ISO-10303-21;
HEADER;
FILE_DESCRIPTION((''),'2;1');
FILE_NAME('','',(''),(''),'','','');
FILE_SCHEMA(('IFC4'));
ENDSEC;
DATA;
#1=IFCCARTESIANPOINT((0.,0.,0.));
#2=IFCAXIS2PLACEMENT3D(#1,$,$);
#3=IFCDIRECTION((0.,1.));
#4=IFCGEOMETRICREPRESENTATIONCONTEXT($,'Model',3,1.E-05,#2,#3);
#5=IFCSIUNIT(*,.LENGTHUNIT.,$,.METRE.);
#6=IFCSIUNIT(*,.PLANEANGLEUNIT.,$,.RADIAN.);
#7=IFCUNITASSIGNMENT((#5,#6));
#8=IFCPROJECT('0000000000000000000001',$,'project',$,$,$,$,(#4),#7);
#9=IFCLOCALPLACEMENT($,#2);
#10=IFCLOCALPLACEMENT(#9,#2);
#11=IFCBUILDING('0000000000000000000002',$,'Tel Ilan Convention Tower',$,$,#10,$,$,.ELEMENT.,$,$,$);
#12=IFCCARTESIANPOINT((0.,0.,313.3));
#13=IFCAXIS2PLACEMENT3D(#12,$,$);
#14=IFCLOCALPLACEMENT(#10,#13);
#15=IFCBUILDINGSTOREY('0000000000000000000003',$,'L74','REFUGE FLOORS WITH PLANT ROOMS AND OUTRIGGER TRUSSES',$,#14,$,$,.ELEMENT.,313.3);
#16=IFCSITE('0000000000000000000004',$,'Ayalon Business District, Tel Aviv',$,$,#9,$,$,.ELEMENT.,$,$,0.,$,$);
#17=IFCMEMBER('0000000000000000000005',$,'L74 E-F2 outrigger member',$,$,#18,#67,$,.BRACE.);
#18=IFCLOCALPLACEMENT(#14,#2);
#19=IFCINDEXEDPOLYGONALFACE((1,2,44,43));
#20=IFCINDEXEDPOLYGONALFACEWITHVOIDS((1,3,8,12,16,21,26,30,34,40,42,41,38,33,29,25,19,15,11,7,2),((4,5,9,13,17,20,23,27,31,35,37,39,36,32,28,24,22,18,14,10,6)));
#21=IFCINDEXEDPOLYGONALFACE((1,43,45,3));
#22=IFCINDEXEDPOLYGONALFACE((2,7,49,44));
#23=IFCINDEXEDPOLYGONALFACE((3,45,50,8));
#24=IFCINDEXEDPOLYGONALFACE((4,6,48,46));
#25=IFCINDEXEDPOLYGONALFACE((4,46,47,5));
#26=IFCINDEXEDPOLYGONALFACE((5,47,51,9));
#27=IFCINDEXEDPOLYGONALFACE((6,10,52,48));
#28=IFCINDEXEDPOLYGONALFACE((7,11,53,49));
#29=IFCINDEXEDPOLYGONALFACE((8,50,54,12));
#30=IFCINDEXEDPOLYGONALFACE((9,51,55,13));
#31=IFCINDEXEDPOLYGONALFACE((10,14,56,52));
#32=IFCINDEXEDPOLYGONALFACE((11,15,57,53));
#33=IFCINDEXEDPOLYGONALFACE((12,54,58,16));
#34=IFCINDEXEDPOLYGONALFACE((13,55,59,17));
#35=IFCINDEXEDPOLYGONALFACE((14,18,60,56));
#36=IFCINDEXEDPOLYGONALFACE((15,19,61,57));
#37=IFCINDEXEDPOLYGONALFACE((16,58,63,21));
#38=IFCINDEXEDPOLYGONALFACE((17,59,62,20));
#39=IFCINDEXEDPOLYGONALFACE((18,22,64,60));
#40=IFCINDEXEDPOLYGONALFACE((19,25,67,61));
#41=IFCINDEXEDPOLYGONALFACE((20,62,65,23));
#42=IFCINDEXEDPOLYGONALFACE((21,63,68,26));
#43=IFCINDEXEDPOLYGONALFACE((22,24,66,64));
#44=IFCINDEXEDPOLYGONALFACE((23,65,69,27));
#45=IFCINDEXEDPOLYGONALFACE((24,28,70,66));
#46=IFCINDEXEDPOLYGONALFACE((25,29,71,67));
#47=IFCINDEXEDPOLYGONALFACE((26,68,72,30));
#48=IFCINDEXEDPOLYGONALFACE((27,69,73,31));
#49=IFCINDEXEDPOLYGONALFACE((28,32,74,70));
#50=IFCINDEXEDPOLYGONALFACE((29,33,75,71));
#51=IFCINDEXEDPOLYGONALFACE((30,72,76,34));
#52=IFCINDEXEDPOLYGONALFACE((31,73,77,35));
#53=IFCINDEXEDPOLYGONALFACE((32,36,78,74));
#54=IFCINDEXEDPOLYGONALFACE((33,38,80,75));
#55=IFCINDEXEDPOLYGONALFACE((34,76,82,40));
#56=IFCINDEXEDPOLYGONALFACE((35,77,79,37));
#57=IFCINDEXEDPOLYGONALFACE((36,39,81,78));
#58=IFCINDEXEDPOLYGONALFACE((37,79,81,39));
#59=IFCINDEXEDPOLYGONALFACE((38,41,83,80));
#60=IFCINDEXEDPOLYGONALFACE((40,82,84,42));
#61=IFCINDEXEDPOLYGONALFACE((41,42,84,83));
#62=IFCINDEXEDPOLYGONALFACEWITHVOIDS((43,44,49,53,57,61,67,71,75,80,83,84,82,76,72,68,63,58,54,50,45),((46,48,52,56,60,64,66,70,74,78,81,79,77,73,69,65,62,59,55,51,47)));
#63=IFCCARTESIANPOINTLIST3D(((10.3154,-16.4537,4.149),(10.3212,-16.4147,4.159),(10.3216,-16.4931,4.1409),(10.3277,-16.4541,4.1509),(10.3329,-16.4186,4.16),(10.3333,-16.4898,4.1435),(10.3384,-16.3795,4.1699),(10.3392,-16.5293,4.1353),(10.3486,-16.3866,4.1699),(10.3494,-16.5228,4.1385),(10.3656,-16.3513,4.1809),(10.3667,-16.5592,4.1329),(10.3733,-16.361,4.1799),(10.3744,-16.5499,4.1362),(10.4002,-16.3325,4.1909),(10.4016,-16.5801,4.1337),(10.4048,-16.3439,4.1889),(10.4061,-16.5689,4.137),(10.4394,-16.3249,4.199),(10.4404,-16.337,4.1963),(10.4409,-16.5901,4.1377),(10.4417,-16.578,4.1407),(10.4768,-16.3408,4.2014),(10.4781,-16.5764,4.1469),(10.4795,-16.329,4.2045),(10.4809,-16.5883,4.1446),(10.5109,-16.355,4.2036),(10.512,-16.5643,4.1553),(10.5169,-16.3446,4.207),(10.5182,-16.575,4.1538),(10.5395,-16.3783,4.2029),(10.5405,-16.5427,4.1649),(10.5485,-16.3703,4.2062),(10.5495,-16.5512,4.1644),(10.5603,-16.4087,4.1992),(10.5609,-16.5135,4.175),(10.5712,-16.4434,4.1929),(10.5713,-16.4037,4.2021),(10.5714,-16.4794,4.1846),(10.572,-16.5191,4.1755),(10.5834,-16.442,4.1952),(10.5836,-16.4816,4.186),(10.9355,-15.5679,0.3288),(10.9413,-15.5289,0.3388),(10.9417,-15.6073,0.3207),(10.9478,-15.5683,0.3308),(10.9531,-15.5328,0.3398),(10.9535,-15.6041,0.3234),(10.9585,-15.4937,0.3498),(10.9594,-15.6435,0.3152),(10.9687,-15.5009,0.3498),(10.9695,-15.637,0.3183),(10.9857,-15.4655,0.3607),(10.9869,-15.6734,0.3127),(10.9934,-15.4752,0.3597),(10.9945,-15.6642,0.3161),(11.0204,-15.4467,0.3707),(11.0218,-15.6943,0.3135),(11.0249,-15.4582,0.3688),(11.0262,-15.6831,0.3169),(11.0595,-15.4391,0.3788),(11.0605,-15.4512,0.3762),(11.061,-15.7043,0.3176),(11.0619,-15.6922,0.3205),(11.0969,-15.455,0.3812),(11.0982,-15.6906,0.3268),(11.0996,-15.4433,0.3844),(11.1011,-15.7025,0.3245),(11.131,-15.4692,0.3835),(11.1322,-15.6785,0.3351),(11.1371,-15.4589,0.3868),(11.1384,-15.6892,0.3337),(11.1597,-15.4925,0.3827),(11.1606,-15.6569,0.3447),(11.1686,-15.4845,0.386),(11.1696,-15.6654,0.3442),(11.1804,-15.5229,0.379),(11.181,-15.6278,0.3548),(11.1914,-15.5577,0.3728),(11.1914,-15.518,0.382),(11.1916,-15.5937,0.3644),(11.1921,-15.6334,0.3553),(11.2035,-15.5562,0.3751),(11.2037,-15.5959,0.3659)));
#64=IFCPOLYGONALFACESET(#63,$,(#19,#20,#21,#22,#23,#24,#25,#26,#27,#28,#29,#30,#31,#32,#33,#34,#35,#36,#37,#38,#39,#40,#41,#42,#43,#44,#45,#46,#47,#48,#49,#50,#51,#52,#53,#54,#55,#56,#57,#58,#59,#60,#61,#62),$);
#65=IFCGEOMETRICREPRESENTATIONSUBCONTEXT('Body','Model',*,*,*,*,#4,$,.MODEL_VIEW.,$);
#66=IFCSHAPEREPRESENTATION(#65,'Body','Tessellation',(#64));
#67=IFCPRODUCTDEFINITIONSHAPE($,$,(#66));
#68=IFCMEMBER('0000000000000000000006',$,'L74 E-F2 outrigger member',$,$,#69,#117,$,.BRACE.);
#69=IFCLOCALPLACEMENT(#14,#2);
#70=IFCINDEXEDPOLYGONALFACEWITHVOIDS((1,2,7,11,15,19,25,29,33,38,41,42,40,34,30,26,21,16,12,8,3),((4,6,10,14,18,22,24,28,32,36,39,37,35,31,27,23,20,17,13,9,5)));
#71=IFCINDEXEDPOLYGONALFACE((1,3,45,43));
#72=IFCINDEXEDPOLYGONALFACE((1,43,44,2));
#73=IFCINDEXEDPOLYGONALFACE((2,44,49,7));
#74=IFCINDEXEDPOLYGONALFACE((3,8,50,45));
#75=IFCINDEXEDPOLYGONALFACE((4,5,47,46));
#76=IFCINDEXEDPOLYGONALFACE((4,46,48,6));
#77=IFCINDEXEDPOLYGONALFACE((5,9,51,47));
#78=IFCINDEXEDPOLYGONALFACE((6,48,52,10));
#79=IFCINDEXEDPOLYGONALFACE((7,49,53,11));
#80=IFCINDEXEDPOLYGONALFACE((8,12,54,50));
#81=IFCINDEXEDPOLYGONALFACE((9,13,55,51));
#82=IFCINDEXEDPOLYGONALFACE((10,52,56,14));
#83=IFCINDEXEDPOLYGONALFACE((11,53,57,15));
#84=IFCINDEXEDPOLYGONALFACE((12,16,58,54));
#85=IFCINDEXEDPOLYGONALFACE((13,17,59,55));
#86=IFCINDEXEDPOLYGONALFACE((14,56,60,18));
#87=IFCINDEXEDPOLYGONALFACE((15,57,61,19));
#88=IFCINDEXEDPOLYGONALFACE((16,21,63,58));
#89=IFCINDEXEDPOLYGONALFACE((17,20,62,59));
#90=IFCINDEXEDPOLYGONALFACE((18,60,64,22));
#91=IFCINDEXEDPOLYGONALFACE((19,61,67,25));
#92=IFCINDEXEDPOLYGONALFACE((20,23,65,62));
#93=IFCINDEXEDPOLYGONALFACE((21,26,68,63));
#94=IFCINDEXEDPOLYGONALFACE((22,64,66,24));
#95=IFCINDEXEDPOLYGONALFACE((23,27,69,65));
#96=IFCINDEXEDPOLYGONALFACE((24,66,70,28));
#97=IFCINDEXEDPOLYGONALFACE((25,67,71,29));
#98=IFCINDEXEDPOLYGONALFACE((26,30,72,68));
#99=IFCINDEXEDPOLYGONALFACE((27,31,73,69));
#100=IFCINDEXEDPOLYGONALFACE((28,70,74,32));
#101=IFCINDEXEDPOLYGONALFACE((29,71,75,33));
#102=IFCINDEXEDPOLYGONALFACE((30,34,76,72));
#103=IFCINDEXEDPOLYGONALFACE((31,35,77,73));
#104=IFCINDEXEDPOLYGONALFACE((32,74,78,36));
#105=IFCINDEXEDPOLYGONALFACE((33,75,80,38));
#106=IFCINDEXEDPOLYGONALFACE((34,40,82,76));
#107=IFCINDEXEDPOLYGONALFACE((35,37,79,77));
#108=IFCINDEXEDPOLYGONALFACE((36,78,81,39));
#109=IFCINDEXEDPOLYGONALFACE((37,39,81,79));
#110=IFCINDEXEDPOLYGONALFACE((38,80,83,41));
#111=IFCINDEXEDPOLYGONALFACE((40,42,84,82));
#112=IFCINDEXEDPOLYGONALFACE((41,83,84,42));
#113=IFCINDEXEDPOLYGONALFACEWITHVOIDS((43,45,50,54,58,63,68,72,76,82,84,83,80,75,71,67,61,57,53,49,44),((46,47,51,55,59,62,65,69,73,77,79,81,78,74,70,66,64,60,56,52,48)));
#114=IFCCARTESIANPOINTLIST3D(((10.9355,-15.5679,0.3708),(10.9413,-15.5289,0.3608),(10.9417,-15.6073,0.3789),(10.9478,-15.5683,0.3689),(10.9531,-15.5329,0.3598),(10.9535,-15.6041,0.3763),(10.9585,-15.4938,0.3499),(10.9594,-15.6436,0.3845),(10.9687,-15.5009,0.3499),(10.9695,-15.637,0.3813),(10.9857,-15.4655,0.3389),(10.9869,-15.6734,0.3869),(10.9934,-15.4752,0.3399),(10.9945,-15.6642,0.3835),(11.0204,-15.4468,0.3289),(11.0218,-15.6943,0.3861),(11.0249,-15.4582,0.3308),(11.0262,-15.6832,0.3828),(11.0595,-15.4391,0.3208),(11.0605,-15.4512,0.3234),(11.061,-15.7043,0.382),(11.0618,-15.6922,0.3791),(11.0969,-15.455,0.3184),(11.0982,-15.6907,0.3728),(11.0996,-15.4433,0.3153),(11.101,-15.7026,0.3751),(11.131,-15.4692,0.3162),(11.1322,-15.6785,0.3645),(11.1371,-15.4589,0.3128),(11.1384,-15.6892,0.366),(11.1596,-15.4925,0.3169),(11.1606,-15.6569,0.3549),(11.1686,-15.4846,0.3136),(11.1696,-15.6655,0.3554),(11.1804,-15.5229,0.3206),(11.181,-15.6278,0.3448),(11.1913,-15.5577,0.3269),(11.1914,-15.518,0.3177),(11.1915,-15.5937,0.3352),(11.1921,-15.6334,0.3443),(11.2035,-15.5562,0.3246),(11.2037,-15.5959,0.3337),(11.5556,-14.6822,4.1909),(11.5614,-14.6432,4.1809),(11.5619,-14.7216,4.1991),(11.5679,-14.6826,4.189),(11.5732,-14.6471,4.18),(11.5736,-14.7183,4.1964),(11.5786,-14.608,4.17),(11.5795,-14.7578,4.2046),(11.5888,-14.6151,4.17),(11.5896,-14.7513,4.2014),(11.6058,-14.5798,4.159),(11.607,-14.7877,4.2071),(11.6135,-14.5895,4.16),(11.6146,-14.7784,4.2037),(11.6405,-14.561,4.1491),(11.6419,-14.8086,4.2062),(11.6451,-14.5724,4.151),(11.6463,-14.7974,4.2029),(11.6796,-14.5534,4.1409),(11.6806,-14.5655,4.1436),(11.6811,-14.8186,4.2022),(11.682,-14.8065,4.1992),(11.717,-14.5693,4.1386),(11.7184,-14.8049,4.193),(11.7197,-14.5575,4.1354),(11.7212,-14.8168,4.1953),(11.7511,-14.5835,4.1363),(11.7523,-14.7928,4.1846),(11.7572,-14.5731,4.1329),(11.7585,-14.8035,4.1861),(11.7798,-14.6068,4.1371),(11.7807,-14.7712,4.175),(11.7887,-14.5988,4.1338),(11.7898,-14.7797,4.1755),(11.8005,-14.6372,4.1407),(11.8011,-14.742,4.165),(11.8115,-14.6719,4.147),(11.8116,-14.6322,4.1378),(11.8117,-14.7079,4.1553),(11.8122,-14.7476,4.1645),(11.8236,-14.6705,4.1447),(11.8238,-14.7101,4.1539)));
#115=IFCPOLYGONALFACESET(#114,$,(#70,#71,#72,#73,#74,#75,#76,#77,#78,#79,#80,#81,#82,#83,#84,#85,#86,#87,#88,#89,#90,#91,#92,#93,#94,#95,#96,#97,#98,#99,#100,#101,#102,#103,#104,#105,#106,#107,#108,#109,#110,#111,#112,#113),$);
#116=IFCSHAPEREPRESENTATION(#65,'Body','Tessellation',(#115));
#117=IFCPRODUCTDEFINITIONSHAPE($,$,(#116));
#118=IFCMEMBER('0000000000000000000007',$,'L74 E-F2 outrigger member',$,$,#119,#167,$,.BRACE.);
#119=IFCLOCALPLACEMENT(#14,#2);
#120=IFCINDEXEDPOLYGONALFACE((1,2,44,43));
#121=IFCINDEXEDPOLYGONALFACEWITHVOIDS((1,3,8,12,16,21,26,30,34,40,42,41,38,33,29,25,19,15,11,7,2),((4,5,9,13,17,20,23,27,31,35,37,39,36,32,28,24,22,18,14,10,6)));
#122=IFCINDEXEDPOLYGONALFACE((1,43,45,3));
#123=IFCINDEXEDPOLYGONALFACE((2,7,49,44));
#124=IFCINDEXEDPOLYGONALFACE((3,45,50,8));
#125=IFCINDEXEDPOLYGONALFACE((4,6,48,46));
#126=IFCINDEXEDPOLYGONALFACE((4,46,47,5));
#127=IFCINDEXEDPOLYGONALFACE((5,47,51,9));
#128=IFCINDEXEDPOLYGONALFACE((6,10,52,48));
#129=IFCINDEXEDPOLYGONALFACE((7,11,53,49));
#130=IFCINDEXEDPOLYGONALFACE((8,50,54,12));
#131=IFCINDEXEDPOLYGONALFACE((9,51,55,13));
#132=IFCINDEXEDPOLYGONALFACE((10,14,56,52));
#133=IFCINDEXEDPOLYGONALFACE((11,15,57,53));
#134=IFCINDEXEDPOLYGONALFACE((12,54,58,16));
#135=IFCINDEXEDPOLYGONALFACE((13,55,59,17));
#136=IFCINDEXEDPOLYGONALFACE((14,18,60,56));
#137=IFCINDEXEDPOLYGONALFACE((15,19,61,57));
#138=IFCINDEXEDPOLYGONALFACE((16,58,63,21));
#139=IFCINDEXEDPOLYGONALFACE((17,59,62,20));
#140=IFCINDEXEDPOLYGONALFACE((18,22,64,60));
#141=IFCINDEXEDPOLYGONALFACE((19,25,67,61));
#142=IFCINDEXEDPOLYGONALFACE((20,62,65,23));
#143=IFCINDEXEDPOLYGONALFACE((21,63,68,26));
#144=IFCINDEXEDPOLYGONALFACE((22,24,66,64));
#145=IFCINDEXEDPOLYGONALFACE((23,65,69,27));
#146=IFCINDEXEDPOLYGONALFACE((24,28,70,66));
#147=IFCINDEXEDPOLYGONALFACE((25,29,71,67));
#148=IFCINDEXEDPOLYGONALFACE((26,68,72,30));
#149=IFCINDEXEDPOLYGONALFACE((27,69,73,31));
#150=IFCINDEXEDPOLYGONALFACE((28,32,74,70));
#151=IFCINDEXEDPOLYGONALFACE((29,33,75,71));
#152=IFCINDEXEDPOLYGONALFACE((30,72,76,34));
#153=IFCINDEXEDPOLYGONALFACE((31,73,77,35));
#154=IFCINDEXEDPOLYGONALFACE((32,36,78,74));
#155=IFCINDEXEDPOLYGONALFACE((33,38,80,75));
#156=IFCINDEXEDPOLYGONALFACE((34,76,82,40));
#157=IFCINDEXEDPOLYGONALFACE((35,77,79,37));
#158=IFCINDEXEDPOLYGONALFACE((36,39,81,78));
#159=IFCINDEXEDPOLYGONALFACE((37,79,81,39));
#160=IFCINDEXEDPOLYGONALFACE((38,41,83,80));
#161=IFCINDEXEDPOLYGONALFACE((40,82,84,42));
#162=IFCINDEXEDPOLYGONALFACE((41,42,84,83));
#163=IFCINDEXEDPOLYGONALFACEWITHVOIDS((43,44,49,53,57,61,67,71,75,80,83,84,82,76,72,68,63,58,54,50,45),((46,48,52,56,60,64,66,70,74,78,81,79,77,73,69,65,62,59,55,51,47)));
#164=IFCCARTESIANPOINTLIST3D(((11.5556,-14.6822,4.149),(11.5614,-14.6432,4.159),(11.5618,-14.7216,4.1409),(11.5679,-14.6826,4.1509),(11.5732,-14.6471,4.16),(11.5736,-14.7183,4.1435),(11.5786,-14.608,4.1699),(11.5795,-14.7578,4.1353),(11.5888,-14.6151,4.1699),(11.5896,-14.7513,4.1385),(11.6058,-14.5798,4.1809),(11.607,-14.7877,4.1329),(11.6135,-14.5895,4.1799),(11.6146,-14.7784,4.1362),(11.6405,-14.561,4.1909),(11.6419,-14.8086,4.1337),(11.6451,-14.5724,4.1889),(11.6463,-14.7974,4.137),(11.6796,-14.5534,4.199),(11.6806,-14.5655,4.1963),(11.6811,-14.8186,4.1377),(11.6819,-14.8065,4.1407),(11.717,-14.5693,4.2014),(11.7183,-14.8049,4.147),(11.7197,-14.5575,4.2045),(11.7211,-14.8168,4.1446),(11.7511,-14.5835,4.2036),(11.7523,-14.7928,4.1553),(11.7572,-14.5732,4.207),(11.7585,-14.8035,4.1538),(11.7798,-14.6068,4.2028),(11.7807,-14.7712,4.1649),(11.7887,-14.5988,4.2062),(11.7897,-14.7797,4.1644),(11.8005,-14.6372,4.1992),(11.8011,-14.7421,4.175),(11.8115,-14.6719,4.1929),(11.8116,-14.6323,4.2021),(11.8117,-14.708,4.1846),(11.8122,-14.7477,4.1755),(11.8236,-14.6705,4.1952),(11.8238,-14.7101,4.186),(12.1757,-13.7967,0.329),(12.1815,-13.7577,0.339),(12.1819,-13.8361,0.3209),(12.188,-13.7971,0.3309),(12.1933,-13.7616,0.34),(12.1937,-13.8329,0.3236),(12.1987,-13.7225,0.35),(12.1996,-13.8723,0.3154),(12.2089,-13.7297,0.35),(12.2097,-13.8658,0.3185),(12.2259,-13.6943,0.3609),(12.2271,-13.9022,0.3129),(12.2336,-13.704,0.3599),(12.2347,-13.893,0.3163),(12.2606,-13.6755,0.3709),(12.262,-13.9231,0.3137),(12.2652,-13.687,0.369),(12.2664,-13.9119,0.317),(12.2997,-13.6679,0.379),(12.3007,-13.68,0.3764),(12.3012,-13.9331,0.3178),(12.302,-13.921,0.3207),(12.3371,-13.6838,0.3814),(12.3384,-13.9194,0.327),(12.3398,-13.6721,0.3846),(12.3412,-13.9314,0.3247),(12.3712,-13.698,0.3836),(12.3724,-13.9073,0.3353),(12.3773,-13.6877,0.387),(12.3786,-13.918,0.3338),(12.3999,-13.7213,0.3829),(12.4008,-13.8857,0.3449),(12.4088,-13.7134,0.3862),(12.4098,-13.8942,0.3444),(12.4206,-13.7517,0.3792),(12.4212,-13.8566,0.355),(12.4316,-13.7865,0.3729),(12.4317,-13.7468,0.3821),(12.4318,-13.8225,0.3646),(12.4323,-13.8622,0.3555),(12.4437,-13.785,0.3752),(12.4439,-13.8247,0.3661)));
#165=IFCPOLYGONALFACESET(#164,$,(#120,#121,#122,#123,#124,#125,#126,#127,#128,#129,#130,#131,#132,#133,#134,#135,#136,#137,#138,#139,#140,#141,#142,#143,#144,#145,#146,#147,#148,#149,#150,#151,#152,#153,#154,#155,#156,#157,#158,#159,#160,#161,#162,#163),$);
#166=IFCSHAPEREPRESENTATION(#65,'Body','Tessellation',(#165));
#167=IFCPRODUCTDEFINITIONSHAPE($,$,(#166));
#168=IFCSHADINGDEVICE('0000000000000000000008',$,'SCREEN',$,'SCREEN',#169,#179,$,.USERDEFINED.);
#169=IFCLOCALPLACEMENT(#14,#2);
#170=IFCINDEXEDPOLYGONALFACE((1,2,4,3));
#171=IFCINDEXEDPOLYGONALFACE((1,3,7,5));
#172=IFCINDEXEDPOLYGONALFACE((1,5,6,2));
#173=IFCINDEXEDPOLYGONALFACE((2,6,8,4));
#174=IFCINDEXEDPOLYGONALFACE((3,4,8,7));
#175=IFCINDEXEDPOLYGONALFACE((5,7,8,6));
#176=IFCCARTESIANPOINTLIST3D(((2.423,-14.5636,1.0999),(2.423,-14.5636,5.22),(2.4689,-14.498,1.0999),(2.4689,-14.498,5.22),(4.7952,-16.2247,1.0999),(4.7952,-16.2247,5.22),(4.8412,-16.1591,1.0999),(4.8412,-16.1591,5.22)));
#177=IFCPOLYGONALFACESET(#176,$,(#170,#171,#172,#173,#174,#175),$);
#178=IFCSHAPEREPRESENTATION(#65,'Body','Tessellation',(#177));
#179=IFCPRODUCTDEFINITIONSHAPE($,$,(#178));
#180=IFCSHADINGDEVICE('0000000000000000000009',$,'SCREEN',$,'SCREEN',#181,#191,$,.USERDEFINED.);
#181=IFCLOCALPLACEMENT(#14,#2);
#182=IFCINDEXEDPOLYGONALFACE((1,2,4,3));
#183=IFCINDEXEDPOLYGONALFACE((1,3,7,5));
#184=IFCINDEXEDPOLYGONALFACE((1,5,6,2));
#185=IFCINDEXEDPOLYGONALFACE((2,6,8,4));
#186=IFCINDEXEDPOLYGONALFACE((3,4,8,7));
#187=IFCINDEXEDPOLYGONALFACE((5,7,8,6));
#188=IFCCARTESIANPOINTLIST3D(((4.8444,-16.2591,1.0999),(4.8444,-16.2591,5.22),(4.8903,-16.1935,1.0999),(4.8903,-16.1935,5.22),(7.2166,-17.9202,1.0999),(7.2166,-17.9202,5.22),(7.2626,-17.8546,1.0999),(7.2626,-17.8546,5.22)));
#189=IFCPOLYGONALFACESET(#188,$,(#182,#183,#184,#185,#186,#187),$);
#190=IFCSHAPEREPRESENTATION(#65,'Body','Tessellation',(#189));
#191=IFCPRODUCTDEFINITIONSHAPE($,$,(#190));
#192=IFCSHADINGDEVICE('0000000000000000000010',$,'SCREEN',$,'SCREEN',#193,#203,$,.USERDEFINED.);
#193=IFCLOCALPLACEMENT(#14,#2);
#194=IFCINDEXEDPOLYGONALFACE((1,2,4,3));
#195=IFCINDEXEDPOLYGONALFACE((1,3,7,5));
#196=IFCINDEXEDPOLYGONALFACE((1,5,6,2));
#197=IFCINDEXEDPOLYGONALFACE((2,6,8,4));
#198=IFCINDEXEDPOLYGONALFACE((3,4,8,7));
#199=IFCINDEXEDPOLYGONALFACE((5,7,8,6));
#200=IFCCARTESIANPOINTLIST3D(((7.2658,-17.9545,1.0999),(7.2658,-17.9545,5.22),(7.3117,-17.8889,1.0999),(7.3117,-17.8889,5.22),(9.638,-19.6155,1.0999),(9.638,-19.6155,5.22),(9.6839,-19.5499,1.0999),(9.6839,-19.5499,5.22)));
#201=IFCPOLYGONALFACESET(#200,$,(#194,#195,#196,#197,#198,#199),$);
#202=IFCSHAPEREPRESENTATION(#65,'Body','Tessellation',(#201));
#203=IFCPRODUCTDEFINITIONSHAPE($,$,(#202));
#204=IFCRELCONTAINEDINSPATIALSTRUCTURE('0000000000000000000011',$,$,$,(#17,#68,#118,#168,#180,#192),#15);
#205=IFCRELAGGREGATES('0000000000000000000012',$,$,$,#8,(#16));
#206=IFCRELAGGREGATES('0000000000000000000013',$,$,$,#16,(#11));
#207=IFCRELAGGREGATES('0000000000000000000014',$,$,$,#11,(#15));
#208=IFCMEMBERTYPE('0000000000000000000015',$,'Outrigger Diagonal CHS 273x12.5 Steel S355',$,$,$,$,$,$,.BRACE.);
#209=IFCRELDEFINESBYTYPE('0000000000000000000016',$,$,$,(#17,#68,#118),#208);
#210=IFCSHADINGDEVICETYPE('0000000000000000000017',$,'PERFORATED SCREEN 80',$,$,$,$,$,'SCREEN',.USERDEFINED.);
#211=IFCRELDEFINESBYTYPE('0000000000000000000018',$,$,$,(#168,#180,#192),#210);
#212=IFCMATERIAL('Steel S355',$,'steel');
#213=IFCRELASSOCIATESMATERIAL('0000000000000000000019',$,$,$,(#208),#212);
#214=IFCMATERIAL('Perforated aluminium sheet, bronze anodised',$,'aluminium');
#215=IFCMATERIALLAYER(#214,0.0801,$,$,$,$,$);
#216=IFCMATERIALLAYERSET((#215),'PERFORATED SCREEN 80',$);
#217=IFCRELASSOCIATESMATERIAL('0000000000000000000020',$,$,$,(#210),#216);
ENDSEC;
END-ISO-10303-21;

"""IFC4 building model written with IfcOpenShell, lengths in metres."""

from ifc_helpers import new_model, si_unit, direction, frame, origin, origin_2d, place, context, subcontext, project, spatial, rectangle, hollow_circle, extrude, material, layer, layer_set, material_profile, profile_set, type_object, element, save


model = new_model("IFC4")

# Units and contexts
model_context = context("Model", 3, precision=1e-05, world=origin(), true_north=direction((0.0, 1.0)))
body_context = subcontext(model_context, "Body", "Model", "MODEL_VIEW")
ifc_project = project(units=[si_unit("LENGTHUNIT", "METRE"), si_unit("PLANEANGLEUNIT", "RADIAN")], contexts=[model_context])

# Site, building, storey
site_placement = place(None, origin())
site = spatial("IfcSite", under=ifc_project, at=site_placement, Name="Ayalon Business District, Tel Aviv", CompositionType="ELEMENT", RefElevation=0.0)
building_placement = place(site_placement, origin())
building = spatial("IfcBuilding", under=site, at=building_placement, Name="Tel Ilan Convention Tower", CompositionType="ELEMENT")
storey_placement = place(building_placement, frame((0.0, 0.0, 313.3)))
storey = spatial("IfcBuildingStorey", under=building, at=storey_placement, Name="L74", Description="REFUGE FLOORS WITH PLANT ROOMS AND OUTRIGGER TRUSSES", CompositionType="ELEMENT", Elevation=313.3)

# Members
ifc_material_1 = material(Name="Steel S355", Category="steel")
ifc_material_profile_1 = material_profile(ifc_material_1, hollow_circle(Radius=0.1365, WallThickness=0.0125, at=origin_2d()), Name="CHS 273x12.5")
ifc_profile_set_1 = profile_set([ifc_material_profile_1], Name="Steel S355")
member_type_1 = type_object("IfcMemberType", Name="Outrigger Diagonal CHS 273x12.5 Steel S355", PredefinedType="BRACE", material=ifc_profile_set_1)
for number, where, z_axis, x_axis, name in (
    (1, (10.4502, -16.4578, 4.1699), (0.156195, 0.223101, -0.9622), (-0.819189, 0.573523, 0.0), "L74 E-F2 outrigger member"),
    (2, (11.0703, -15.572, 0.3499), (0.156195, 0.223101, 0.9622), (-0.819189, 0.573523, 0.0), "L74 E-F2 outrigger member"),
):
    element("IfcMember", number, at=place(storey_placement, frame(where, z_axis=z_axis, x_axis=x_axis)), inside=storey, type_object=member_type_1, Name=name, PredefinedType="BRACE", context=body_context, shape_type="SweptSolid", body=[
        extrude(hollow_circle(Radius=0.1365, WallThickness=0.0125, at=origin_2d()), origin(), (0.0, 0.0, 1.0), 3.9702),
    ])
member_1_placement = place(storey_placement, frame((11.6904, -14.6863, 4.1699), z_axis=(0.156197, 0.223043, -0.962213), x_axis=(-0.819115, 0.573629, 0.0)))
element("IfcMember", 3, at=member_1_placement, inside=storey, type_object=member_type_1, Name="L74 E-F2 outrigger member", PredefinedType="BRACE", context=body_context, shape_type="SweptSolid", body=[
    extrude(hollow_circle(Radius=0.1365, WallThickness=0.0125, at=origin_2d()), origin(), (0.0, 0.0, 1.0), 3.97),
])

# Shading devices
ifc_material_2 = material(Name="Perforated aluminium sheet, bronze anodised", Category="aluminium")
ifc_layer_1 = layer(ifc_material_2, 0.0801)
ifc_layer_set_1 = layer_set([ifc_layer_1], Name="PERFORATED SCREEN 80")
shading_device_type_1 = type_object("IfcShadingDeviceType", Name="PERFORATED SCREEN 80", ElementType="SCREEN", PredefinedType="USERDEFINED", material=ifc_layer_set_1)
for number, where, z_axis, x_axis, name in (
    (4, (3.6321, -15.3613, 1.0999), (0.0, 0.0, 1.0), (0.819152, -0.573576, 0.0), "SCREEN"),
    (5, (6.0535, -17.0569, 1.0999), (0.0, 0.0, 1.0), (0.819152, -0.573576, 0.0), "SCREEN"),
    (6, (8.4749, -18.7522, 1.0999), (0.0, 0.0, 1.0), (0.819152, -0.573576, 0.0), "SCREEN"),
):
    element("IfcShadingDevice", number, at=place(storey_placement, frame(where, z_axis=z_axis, x_axis=x_axis)), inside=storey, type_object=shading_device_type_1, Name=name, ObjectType="SCREEN", PredefinedType="USERDEFINED", context=body_context, shape_type="SweptSolid", body=[
        extrude(rectangle(XDim=2.896, YDim=0.0801, at=origin_2d()), origin(), (0.0, 0.0, 1.0), 4.1201),
    ])

save(model, "model.ifc")
